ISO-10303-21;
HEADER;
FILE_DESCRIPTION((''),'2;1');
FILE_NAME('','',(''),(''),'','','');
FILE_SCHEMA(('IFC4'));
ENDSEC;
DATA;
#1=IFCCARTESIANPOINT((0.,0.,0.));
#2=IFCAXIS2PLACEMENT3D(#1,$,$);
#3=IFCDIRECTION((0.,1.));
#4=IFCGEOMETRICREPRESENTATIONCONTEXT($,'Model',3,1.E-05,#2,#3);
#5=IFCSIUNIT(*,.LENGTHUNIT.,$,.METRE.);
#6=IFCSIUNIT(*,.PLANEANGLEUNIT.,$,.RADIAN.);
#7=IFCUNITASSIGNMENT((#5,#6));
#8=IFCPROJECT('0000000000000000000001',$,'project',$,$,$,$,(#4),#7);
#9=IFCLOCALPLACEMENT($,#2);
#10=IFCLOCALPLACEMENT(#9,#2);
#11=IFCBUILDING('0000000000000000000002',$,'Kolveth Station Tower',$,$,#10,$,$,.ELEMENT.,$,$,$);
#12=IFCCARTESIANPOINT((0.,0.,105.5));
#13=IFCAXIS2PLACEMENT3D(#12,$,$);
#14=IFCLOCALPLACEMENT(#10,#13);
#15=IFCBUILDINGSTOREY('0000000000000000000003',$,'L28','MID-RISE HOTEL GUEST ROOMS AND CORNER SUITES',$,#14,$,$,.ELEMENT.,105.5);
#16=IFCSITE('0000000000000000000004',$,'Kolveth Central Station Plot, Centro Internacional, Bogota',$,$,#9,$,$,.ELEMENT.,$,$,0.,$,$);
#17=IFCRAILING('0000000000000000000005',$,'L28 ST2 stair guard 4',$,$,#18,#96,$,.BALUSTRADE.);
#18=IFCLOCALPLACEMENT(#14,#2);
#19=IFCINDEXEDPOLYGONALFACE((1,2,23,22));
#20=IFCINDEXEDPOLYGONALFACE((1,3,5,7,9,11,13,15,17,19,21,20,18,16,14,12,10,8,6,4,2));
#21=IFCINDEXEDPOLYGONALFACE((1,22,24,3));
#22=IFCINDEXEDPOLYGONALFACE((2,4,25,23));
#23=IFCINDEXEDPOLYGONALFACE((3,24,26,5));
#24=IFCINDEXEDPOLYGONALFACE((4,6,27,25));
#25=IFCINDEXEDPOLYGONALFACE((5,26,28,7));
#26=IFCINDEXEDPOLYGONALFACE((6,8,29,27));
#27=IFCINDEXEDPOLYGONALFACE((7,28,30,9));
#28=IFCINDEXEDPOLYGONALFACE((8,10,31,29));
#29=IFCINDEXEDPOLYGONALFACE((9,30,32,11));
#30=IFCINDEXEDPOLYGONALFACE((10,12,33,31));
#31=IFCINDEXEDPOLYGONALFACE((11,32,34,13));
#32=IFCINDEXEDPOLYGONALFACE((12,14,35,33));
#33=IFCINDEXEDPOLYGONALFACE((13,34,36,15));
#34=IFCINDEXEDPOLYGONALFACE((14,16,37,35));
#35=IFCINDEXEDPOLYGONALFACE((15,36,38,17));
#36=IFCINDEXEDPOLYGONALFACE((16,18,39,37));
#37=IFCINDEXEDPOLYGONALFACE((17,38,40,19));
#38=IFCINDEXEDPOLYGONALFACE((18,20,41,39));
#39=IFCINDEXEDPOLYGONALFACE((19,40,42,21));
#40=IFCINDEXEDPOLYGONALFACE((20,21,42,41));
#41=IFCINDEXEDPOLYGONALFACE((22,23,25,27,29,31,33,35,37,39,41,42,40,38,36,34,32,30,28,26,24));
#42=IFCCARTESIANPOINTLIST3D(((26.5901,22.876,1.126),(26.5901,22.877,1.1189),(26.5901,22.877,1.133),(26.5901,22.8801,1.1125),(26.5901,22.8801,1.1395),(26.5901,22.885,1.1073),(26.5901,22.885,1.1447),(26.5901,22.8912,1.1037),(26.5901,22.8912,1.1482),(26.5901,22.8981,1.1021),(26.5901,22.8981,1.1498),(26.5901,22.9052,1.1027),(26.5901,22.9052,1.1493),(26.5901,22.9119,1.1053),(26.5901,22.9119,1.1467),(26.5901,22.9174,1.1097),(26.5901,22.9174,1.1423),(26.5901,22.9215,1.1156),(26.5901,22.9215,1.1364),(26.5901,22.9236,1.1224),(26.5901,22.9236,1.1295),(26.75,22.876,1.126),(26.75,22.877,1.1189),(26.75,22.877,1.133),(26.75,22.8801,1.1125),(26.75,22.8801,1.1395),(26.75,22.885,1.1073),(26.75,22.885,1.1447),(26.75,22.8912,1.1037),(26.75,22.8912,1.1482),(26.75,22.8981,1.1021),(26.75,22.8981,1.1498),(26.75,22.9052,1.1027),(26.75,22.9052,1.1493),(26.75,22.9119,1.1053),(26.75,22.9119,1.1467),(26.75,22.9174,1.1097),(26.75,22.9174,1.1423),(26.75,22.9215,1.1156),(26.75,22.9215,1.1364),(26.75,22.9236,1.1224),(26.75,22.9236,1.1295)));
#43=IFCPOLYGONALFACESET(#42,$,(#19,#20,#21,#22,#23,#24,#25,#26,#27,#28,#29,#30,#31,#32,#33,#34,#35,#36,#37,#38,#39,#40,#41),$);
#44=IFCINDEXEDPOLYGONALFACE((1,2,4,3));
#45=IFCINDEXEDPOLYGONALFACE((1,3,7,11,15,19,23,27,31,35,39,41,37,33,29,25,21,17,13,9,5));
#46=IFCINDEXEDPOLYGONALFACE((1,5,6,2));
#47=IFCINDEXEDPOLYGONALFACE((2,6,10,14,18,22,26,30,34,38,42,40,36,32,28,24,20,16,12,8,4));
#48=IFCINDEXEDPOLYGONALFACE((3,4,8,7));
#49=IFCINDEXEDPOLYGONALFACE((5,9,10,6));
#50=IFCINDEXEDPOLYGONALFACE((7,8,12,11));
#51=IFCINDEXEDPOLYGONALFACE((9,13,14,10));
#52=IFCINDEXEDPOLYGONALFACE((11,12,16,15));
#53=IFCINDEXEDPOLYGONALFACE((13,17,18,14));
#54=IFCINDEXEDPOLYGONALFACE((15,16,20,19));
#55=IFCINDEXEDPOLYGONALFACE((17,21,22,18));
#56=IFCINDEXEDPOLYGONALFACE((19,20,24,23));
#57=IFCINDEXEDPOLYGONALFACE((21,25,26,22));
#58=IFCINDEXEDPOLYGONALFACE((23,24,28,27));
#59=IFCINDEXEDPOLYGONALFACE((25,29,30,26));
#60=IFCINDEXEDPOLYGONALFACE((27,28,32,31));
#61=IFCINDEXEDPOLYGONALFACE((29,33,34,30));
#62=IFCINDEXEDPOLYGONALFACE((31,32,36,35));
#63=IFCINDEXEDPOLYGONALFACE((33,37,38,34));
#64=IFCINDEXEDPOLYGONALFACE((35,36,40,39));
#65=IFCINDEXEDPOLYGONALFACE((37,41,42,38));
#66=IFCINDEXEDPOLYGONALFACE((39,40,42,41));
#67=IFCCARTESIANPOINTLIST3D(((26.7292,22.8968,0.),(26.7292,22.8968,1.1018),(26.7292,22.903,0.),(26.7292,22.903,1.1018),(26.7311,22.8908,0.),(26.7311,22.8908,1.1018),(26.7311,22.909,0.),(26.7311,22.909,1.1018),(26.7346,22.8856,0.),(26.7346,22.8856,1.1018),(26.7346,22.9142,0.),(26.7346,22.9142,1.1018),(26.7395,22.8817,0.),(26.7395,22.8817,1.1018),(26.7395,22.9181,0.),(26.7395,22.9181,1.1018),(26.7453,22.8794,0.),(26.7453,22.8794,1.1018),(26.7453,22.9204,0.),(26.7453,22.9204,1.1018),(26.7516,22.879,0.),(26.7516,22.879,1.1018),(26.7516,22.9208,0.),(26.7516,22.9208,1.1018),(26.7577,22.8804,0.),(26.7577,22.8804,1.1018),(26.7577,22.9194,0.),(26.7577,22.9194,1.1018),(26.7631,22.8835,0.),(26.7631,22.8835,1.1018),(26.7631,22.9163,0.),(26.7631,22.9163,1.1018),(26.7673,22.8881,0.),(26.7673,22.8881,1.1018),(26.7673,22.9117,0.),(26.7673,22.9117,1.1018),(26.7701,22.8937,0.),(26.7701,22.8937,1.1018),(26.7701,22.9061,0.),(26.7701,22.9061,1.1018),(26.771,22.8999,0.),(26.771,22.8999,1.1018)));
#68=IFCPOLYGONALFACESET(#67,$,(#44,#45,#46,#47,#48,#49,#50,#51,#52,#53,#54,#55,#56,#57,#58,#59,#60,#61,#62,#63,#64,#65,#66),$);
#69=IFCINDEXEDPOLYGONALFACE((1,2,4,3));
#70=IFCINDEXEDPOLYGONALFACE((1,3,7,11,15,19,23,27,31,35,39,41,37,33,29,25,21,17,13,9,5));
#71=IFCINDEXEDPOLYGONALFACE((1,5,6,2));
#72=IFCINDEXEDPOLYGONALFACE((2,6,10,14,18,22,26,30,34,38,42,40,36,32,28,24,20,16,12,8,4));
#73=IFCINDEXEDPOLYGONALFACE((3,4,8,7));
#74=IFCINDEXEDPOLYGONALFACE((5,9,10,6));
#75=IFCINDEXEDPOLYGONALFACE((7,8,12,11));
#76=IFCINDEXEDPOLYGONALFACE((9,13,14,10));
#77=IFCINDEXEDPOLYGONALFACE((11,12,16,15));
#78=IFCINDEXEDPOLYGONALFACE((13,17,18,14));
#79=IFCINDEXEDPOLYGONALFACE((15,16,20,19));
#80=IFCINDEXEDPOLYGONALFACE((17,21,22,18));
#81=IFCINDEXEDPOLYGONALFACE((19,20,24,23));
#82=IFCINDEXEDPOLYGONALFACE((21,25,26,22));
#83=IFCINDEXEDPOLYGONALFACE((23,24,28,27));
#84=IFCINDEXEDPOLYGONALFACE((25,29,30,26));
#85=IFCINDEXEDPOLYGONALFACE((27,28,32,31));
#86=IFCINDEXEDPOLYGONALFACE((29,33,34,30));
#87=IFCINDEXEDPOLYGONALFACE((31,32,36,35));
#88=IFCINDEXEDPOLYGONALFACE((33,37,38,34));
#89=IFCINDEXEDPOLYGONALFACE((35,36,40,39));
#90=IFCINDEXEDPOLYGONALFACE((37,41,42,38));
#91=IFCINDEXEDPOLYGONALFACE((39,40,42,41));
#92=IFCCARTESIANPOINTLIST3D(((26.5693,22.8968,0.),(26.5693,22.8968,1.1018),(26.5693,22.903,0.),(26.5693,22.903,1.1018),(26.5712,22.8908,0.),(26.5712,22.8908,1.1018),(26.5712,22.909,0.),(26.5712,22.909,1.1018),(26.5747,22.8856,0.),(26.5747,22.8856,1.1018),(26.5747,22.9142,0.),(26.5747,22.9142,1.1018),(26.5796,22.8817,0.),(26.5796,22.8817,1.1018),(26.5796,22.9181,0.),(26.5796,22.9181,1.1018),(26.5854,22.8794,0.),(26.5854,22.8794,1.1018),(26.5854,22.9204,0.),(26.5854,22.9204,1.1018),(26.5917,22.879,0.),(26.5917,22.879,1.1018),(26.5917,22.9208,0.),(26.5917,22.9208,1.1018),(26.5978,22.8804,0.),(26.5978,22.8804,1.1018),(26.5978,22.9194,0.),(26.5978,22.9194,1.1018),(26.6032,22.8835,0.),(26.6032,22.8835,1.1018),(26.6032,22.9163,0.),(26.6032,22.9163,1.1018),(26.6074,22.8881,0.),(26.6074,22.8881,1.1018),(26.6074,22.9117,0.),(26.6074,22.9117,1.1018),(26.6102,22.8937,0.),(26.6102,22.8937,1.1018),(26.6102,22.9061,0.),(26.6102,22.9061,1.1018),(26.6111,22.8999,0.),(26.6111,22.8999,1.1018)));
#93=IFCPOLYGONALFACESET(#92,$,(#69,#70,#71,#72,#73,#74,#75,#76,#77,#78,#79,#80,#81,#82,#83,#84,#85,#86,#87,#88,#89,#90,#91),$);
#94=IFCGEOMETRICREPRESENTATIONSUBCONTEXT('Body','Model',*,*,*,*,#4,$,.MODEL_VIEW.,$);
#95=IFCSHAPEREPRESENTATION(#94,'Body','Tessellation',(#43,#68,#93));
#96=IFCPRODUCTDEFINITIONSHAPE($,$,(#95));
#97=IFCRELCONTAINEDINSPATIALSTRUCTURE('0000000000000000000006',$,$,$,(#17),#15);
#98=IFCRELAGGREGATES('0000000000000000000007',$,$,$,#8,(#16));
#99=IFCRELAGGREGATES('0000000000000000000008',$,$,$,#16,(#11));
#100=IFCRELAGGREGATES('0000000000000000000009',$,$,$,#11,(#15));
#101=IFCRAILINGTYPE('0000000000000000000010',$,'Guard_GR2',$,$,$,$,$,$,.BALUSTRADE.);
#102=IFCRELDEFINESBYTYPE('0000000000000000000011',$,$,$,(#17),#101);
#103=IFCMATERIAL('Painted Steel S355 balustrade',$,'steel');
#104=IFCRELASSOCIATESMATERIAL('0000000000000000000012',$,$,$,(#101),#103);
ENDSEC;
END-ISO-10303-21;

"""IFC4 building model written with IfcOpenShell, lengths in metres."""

from ifc_helpers import new_model, si_unit, direction, frame, origin, origin_2d, place, context, subcontext, project, spatial, circle, extrude, material, type_object, element, save


model = new_model("IFC4")

# Units and contexts
model_context = context("Model", 3, precision=1e-05, world=origin(), true_north=direction((0.0, 1.0)))
body_context = subcontext(model_context, "Body", "Model", "MODEL_VIEW")
ifc_project = project(units=[si_unit("LENGTHUNIT", "METRE"), si_unit("PLANEANGLEUNIT", "RADIAN")], contexts=[model_context])

# Site, building, storey
site_placement = place(None, origin())
site = spatial("IfcSite", under=ifc_project, at=site_placement, Name="Kolveth Central Station Plot, Centro Internacional, Bogota", CompositionType="ELEMENT", RefElevation=0.0)
building_placement = place(site_placement, origin())
building = spatial("IfcBuilding", under=site, at=building_placement, Name="Kolveth Station Tower", CompositionType="ELEMENT")
storey_placement = place(building_placement, frame((0.0, 0.0, 105.5)))
storey = spatial("IfcBuildingStorey", under=building, at=storey_placement, Name="L28", Description="MID-RISE HOTEL GUEST ROOMS AND CORNER SUITES", CompositionType="ELEMENT", Elevation=105.5)

# Railing
ifc_material_1 = material(Name="Painted Steel S355 balustrade", Category="steel")
railing_type_1 = type_object("IfcRailingType", Name="Guard_GR2", PredefinedType="BALUSTRADE", material=ifc_material_1)
railing_1_placement = place(storey_placement, frame((26.75, 22.8999, 0.0)))
element("IfcRailing", 1, at=railing_1_placement, inside=storey, type_object=railing_type_1, Name="L28 ST2 stair guard 4", PredefinedType="BALUSTRADE", context=body_context, shape_type="SweptSolid", body=[
    extrude(circle(Radius=0.0239, at=origin_2d()), frame((0.0, 0.0, 1.126), z_axis=(-1.0, 0.0, 0.0), x_axis=(0.0, -1.0, 0.0)), (0.0, 0.0, 1.0), 0.1599),
    extrude(circle(Radius=0.021, at=origin_2d()), origin(), (0.0, 0.0, 1.0), 1.1018),
    extrude(circle(Radius=0.021, at=origin_2d()), frame((-0.1599, 0.0, 0.0)), (0.0, 0.0, 1.0), 1.1018),
])

save(model, "model.ifc")
